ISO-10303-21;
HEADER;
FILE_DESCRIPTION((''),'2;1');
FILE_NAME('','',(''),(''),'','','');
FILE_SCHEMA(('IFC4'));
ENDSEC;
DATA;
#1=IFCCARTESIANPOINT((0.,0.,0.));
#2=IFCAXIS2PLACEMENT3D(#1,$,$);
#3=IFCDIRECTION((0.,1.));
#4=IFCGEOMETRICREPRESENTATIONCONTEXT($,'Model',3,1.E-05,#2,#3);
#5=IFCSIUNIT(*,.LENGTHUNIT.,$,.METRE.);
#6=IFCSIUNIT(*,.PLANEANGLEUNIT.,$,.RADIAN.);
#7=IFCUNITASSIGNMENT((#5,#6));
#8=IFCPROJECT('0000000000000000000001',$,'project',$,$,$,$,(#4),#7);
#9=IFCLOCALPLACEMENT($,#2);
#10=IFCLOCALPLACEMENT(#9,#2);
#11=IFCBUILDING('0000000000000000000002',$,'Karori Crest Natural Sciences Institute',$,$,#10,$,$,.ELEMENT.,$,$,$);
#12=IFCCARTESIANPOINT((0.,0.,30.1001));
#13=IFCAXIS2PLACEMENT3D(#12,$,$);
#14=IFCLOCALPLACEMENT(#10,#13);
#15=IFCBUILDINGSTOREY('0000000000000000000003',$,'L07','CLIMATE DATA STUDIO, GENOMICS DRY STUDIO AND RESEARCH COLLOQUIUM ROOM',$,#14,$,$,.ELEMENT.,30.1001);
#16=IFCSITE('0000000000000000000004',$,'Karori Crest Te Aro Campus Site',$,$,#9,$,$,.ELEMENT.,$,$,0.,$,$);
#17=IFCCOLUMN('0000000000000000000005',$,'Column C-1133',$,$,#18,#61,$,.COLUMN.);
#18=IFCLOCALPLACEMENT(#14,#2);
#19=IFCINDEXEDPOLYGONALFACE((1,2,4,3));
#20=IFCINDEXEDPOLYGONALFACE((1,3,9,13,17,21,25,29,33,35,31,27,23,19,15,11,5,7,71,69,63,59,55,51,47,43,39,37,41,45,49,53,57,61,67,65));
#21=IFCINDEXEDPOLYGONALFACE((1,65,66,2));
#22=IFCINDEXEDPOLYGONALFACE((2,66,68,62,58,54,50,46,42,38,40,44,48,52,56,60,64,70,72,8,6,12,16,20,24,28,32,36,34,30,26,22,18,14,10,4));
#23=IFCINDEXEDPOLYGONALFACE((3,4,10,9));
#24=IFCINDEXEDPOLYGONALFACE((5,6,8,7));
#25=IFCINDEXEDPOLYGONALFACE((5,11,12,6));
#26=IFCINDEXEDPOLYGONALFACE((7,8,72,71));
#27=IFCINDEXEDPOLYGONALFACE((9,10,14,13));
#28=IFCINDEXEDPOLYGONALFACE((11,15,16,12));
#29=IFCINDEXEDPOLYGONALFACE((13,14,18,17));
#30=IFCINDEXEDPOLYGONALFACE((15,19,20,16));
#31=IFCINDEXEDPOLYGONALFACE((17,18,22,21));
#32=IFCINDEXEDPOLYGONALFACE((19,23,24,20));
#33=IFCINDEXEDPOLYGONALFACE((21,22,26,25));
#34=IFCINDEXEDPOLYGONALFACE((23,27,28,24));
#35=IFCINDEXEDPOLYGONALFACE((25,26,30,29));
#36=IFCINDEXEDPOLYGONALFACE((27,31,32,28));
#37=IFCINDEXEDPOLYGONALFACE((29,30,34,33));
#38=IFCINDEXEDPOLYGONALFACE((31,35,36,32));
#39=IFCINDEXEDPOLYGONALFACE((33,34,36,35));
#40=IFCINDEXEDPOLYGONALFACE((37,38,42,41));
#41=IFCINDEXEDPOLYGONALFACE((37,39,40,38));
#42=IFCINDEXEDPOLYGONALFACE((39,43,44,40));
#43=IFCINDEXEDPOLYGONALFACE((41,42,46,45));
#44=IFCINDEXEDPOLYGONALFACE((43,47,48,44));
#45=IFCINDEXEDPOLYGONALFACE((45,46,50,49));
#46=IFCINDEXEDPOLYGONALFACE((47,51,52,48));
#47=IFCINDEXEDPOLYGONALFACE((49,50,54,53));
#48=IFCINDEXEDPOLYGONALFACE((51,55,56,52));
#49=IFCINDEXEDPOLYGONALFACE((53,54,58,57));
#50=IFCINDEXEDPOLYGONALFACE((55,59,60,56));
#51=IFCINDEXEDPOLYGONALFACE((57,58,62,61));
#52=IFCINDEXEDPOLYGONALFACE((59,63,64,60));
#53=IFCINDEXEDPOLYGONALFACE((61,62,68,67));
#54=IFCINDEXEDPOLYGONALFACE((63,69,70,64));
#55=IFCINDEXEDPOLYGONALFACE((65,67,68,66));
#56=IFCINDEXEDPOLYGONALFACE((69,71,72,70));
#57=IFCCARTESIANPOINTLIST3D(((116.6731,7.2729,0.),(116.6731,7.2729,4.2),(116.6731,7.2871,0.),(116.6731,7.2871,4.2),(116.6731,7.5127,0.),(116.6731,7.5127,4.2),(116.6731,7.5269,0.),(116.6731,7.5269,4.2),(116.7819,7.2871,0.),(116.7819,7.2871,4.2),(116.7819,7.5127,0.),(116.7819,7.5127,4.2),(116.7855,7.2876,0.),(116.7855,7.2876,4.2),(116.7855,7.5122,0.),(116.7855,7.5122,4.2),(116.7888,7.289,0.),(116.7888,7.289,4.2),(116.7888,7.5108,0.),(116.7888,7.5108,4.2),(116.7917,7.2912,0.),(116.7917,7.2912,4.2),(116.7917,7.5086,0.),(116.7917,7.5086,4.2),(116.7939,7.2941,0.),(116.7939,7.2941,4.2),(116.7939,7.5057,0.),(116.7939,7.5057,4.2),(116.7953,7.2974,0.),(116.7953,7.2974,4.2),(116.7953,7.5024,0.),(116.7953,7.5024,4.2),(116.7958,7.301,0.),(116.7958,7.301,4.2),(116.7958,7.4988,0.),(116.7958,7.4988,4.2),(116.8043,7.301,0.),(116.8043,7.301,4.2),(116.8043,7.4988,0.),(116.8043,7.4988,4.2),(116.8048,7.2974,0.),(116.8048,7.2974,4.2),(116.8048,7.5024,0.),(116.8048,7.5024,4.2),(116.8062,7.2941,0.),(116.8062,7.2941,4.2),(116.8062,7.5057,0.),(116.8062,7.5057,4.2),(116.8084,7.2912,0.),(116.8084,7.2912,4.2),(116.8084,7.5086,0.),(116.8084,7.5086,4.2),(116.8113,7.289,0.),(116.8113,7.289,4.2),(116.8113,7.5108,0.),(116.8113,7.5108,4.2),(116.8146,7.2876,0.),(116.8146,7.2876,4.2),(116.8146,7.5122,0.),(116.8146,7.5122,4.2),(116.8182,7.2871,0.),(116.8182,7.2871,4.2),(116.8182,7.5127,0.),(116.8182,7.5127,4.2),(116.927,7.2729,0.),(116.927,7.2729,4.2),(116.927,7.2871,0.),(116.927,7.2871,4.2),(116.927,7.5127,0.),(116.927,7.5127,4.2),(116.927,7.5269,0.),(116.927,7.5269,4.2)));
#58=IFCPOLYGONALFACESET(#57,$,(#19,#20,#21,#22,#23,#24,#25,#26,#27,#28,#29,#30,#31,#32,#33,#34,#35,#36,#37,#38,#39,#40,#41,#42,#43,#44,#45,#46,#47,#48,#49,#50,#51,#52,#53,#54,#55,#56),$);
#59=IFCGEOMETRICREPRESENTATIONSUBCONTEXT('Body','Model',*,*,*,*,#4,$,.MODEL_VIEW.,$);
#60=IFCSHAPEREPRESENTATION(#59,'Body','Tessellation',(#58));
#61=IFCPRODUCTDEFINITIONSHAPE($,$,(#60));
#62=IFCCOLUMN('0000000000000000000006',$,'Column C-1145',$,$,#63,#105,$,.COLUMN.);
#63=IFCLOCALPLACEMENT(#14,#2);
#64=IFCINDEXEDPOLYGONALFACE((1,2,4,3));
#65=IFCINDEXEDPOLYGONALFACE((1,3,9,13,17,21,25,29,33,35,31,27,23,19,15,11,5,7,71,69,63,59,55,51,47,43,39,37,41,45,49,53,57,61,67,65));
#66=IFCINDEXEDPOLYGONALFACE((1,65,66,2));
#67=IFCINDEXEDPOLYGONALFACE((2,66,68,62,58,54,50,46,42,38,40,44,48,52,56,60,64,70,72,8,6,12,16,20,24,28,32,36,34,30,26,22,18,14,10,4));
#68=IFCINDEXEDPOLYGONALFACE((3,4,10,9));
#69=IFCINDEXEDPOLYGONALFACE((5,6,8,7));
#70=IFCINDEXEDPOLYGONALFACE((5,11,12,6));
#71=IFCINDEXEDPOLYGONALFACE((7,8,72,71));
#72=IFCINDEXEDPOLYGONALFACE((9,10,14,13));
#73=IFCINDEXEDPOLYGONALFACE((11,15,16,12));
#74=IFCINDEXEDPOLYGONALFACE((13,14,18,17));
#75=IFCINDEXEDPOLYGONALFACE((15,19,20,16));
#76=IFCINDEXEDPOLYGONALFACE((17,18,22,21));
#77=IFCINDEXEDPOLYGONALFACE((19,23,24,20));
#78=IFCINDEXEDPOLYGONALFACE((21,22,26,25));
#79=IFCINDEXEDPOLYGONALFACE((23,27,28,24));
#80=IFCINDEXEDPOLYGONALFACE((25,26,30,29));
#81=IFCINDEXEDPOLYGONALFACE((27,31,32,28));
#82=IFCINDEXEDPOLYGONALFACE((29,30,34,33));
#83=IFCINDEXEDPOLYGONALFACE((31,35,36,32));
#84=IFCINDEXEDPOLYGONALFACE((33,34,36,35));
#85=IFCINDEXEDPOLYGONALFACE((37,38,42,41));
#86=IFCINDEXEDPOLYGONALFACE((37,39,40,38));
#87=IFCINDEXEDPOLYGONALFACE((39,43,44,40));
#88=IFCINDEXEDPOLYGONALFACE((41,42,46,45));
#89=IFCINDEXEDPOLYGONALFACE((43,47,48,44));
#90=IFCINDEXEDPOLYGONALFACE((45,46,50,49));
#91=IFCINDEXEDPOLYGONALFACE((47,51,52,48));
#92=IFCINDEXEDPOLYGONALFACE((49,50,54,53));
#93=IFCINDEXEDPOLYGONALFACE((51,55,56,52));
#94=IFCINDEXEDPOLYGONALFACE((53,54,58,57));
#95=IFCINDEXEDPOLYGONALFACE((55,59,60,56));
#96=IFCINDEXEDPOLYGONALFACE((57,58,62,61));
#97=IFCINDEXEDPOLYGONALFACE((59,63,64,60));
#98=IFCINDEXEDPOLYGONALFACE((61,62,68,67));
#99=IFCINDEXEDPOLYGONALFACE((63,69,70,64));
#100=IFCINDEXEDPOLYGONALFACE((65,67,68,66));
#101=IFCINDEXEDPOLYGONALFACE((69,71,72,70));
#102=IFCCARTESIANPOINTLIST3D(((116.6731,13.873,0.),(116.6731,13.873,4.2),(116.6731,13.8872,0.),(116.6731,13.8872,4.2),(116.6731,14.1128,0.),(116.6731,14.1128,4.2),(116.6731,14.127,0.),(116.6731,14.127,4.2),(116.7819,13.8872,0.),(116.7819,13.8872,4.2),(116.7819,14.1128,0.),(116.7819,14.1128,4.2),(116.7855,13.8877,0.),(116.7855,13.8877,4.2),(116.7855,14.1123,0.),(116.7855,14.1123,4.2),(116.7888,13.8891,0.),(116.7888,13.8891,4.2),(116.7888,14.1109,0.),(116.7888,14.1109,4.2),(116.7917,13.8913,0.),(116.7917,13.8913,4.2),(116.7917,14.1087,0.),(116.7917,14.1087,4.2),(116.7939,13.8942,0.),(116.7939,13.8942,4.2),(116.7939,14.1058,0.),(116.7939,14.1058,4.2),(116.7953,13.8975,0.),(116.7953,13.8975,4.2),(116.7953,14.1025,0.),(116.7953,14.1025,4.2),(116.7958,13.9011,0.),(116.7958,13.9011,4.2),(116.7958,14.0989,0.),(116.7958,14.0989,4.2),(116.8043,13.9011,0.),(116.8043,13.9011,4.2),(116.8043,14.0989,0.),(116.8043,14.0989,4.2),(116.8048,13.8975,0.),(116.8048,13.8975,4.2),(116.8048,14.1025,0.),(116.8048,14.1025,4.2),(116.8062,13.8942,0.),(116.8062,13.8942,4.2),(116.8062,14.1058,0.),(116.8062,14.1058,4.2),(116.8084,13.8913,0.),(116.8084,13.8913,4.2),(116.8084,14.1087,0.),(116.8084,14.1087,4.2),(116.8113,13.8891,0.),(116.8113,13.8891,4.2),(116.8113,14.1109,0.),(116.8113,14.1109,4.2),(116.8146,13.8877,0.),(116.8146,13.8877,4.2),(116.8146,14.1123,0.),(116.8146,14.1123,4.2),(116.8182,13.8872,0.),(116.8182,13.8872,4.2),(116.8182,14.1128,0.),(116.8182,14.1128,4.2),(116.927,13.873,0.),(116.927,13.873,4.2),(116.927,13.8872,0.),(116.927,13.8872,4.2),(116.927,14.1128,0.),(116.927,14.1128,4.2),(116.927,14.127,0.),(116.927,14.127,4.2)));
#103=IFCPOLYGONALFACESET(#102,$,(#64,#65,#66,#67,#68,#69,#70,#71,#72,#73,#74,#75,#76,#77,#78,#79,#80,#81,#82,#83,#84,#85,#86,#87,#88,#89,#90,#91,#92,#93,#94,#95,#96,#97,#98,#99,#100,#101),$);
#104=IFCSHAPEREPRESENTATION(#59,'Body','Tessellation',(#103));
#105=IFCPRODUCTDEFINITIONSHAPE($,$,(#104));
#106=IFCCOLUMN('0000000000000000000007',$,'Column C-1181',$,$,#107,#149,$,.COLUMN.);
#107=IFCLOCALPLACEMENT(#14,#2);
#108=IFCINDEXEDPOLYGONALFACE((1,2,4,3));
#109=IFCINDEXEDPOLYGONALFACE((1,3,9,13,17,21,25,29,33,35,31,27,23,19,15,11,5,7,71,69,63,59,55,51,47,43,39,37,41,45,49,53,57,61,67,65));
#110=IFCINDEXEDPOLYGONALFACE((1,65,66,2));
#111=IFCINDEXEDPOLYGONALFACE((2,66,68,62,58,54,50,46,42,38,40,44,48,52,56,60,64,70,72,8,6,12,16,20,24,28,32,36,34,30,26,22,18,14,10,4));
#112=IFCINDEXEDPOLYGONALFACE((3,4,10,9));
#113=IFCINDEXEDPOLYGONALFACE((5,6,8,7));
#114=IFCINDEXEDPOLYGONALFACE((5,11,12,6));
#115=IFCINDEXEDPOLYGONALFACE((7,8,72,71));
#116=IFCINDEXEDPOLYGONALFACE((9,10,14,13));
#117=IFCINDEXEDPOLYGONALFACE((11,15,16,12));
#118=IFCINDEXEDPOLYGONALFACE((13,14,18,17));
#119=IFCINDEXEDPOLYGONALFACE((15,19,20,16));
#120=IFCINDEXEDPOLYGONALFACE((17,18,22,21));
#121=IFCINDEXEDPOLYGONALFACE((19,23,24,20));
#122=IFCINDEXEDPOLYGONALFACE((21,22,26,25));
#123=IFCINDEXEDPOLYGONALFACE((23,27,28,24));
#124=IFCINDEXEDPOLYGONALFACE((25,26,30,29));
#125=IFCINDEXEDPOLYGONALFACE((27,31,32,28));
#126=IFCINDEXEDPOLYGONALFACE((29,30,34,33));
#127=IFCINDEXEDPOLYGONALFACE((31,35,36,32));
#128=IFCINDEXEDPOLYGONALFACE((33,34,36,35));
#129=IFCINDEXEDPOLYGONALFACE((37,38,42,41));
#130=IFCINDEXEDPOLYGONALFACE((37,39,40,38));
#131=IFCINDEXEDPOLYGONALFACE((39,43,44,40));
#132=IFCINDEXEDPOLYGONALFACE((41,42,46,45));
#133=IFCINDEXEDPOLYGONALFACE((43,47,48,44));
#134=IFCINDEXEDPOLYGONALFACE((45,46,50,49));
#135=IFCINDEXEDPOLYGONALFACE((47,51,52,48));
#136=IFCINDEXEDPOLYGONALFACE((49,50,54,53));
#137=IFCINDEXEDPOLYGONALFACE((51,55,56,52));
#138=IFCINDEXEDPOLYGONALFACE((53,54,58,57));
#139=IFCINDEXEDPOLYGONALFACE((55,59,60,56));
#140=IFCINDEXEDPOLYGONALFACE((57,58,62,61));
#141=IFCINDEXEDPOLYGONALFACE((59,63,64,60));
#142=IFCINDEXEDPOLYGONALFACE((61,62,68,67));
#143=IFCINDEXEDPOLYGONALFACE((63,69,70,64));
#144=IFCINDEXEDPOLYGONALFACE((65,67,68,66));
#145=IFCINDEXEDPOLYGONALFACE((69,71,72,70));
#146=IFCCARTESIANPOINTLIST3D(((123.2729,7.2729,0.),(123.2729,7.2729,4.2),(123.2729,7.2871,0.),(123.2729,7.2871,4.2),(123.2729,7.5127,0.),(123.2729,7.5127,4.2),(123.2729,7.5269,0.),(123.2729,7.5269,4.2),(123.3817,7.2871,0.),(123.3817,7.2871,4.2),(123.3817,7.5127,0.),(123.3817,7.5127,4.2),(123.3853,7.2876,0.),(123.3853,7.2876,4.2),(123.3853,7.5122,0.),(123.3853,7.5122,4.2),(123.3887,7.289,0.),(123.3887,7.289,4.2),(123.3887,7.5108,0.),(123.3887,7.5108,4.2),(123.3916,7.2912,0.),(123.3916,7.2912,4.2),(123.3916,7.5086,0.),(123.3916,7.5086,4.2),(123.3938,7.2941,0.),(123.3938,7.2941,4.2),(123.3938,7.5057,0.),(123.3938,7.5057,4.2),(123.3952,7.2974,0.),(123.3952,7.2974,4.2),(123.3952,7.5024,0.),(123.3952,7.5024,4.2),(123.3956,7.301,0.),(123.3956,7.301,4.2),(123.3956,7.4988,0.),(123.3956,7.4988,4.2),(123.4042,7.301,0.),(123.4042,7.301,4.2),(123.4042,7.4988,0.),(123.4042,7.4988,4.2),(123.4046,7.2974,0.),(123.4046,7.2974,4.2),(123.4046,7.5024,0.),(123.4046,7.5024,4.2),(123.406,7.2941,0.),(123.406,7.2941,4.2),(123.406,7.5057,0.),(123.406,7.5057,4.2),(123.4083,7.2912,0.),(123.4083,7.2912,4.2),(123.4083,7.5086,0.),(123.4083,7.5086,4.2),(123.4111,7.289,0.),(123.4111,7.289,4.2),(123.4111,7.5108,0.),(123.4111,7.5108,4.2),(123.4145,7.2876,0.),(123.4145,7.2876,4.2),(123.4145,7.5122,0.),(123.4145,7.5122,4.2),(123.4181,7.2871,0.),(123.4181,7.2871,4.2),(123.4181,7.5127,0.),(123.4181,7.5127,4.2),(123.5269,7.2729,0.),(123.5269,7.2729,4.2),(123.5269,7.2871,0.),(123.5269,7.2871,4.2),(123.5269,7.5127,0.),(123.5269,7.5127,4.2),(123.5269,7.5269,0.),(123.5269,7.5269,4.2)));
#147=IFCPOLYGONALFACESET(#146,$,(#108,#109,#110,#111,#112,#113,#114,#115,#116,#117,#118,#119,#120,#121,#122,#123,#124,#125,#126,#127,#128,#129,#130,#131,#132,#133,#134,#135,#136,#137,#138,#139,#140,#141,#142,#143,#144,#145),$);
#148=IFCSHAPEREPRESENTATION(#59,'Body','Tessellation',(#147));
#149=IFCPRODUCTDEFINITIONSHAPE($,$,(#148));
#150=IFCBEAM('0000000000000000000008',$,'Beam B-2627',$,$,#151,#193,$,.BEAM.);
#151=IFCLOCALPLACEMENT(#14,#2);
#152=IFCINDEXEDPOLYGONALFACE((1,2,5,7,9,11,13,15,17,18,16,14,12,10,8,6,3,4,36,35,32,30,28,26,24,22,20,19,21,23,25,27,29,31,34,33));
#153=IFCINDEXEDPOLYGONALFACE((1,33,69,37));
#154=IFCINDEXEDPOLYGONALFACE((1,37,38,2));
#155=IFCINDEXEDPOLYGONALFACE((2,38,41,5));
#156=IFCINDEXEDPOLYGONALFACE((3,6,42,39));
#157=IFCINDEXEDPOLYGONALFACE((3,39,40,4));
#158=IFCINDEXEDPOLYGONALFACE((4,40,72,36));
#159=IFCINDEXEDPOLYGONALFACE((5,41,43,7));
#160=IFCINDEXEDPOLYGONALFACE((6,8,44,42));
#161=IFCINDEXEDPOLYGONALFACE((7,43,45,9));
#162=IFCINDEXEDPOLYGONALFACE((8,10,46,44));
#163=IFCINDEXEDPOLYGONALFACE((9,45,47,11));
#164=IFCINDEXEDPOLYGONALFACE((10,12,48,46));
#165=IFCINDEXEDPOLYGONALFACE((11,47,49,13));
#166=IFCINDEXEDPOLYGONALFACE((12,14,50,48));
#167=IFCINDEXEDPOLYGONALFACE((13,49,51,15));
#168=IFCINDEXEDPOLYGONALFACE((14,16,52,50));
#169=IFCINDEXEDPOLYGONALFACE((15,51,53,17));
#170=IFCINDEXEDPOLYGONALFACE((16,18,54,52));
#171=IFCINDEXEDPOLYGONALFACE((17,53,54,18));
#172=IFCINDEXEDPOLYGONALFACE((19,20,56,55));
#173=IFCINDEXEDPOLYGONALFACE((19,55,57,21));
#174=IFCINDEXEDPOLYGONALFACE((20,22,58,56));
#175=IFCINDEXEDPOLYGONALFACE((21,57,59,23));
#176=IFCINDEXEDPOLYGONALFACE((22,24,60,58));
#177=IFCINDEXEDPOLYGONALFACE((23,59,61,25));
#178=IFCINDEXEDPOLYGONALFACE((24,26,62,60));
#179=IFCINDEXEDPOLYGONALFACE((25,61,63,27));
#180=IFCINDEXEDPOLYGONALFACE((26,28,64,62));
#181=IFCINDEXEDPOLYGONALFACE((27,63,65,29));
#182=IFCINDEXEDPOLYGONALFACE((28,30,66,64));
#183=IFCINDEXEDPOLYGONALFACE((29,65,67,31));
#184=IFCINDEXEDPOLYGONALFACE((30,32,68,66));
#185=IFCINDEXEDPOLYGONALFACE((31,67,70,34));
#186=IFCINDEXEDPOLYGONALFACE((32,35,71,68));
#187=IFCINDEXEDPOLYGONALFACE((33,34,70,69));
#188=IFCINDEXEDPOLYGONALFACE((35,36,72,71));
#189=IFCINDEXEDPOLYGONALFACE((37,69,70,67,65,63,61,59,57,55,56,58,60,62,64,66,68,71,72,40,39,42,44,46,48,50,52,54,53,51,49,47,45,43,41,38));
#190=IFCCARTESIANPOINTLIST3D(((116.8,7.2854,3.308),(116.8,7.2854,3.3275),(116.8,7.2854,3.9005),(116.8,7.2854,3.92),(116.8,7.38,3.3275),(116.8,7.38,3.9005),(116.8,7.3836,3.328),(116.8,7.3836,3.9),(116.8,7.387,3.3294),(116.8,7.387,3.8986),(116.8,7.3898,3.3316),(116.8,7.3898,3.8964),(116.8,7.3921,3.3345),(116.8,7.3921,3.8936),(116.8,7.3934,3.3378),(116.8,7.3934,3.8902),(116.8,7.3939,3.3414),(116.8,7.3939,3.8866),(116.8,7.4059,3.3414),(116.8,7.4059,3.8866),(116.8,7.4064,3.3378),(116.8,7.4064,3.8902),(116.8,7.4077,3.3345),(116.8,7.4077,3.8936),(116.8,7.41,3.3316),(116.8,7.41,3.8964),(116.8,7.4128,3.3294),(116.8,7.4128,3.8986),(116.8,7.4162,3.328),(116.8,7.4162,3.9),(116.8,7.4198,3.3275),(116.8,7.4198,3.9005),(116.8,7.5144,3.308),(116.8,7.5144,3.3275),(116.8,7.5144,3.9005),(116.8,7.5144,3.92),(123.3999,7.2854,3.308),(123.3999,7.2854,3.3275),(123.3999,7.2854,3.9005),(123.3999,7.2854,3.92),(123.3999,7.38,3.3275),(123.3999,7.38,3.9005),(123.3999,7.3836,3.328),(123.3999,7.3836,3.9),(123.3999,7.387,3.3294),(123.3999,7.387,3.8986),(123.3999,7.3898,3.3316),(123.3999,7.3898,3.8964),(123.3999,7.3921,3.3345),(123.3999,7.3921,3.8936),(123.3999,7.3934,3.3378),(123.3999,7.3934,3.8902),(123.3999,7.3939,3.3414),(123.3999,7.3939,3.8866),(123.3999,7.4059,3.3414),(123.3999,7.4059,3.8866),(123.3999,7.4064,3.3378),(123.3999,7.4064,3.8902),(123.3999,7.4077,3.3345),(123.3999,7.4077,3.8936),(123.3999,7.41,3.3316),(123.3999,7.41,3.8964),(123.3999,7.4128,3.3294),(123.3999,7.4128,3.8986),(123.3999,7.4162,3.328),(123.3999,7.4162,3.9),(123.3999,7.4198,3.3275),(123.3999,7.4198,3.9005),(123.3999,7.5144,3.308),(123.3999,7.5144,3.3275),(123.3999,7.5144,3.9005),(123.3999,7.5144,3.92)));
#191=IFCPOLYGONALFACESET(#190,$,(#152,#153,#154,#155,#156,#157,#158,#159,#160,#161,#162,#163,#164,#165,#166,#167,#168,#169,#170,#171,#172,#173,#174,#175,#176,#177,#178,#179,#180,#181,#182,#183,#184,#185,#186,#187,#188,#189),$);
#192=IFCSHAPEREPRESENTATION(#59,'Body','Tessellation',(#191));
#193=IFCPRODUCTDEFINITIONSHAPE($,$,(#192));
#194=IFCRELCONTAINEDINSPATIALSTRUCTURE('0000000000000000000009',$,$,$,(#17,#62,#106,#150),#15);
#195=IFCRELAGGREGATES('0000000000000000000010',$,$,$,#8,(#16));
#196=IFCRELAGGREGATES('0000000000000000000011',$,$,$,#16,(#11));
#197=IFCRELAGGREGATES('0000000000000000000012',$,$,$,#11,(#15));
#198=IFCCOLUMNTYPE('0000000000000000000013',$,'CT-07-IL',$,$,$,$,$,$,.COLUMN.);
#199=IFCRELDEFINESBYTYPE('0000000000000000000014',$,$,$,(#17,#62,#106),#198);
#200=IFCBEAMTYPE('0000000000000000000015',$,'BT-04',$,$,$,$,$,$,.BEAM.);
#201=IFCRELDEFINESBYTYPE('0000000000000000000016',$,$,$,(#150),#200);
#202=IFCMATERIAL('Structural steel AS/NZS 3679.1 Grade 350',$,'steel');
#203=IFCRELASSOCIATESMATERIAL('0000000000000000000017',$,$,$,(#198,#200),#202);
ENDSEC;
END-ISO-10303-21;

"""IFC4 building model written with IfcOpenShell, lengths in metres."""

from ifc_helpers import new_model, si_unit, direction, frame, origin, origin_2d, place, context, subcontext, project, spatial, i_section, extrude, material, material_profile, profile_set, type_object, element, save


model = new_model("IFC4")

# Units and contexts
model_context = context("Model", 3, precision=1e-05, world=origin(), true_north=direction((0.0, 1.0)))
body_context = subcontext(model_context, "Body", "Model", "MODEL_VIEW")
ifc_project = project(units=[si_unit("LENGTHUNIT", "METRE"), si_unit("PLANEANGLEUNIT", "RADIAN")], contexts=[model_context])

# Site, building, storey
site_placement = place(None, origin())
site = spatial("IfcSite", under=ifc_project, at=site_placement, Name="Karori Crest Te Aro Campus Site", CompositionType="ELEMENT", RefElevation=0.0)
building_placement = place(site_placement, origin())
building = spatial("IfcBuilding", under=site, at=building_placement, Name="Karori Crest Natural Sciences Institute", CompositionType="ELEMENT")
storey_placement = place(building_placement, frame((0.0, 0.0, 30.1001)))
storey = spatial("IfcBuildingStorey", under=building, at=storey_placement, Name="L07", Description="CLIMATE DATA STUDIO, GENOMICS DRY STUDIO AND RESEARCH COLLOQUIUM ROOM", CompositionType="ELEMENT", Elevation=30.1001)

# Columns
ifc_material_1 = material(Name="Structural steel AS/NZS 3679.1 Grade 350", Category="steel")
ifc_material_profile_1 = material_profile(ifc_material_1, i_section(OverallWidth=0.2539, OverallDepth=0.2539, WebThickness=0.0085, FlangeThickness=0.0142, FilletRadius=0.0139, at=origin_2d()), Name="250UC72.9")
ifc_profile_set_1 = profile_set([ifc_material_profile_1], Name="Structural steel AS/NZS 3679.1 Grade 350")
column_type = type_object("IfcColumnType", Name="CT-07-IL", PredefinedType="COLUMN", material=ifc_profile_set_1)
for number, where, z_axis, x_axis, name in (
    (1, (116.8, 7.3999, 0.0), (0.0, 0.0, 1.0), (1.0, 0.0, 0.0), "Column C-1133"),
    (2, (116.8, 14.0, 0.0), (0.0, 0.0, 1.0), (1.0, 0.0, 0.0), "Column C-1145"),
    (3, (123.3999, 7.3999, 0.0), (0.0, 0.0, 1.0), (1.0, 0.0, 0.0), "Column C-1181"),
):
    element("IfcColumn", number, at=place(storey_placement, frame(where, z_axis=z_axis, x_axis=x_axis)), inside=storey, type_object=column_type, Name=name, PredefinedType="COLUMN", context=body_context, shape_type="SweptSolid", body=[
        extrude(i_section(OverallWidth=0.2539, OverallDepth=0.2539, WebThickness=0.0085, FlangeThickness=0.0142, FilletRadius=0.0139, at=origin_2d()), origin(), (0.0, 0.0, 1.0), 4.2),
    ])

# Beam
ifc_material_profile_2 = material_profile(ifc_material_1, i_section(OverallWidth=0.229, OverallDepth=0.6121, WebThickness=0.012, FlangeThickness=0.0195, FilletRadius=0.0139, at=origin_2d()), Name="610UB125")
ifc_profile_set_2 = profile_set([ifc_material_profile_2], Name="Structural steel AS/NZS 3679.1 Grade 350")
beam_type_1 = type_object("IfcBeamType", Name="BT-04", PredefinedType="BEAM", material=ifc_profile_set_2)
beam_1_placement = place(storey_placement, frame((116.8, 7.3999, 3.614), z_axis=(1.0, 0.0, 0.0), x_axis=(0.0, 1.0, 0.0)))
element("IfcBeam", 4, at=beam_1_placement, inside=storey, type_object=beam_type_1, Name="Beam B-2627", PredefinedType="BEAM", context=body_context, shape_type="SweptSolid", body=[
    extrude(i_section(OverallWidth=0.229, OverallDepth=0.6121, WebThickness=0.012, FlangeThickness=0.0195, FilletRadius=0.0139, at=origin_2d()), origin(), (0.0, 0.0, 1.0), 6.5999),
])

save(model, "model.ifc")
